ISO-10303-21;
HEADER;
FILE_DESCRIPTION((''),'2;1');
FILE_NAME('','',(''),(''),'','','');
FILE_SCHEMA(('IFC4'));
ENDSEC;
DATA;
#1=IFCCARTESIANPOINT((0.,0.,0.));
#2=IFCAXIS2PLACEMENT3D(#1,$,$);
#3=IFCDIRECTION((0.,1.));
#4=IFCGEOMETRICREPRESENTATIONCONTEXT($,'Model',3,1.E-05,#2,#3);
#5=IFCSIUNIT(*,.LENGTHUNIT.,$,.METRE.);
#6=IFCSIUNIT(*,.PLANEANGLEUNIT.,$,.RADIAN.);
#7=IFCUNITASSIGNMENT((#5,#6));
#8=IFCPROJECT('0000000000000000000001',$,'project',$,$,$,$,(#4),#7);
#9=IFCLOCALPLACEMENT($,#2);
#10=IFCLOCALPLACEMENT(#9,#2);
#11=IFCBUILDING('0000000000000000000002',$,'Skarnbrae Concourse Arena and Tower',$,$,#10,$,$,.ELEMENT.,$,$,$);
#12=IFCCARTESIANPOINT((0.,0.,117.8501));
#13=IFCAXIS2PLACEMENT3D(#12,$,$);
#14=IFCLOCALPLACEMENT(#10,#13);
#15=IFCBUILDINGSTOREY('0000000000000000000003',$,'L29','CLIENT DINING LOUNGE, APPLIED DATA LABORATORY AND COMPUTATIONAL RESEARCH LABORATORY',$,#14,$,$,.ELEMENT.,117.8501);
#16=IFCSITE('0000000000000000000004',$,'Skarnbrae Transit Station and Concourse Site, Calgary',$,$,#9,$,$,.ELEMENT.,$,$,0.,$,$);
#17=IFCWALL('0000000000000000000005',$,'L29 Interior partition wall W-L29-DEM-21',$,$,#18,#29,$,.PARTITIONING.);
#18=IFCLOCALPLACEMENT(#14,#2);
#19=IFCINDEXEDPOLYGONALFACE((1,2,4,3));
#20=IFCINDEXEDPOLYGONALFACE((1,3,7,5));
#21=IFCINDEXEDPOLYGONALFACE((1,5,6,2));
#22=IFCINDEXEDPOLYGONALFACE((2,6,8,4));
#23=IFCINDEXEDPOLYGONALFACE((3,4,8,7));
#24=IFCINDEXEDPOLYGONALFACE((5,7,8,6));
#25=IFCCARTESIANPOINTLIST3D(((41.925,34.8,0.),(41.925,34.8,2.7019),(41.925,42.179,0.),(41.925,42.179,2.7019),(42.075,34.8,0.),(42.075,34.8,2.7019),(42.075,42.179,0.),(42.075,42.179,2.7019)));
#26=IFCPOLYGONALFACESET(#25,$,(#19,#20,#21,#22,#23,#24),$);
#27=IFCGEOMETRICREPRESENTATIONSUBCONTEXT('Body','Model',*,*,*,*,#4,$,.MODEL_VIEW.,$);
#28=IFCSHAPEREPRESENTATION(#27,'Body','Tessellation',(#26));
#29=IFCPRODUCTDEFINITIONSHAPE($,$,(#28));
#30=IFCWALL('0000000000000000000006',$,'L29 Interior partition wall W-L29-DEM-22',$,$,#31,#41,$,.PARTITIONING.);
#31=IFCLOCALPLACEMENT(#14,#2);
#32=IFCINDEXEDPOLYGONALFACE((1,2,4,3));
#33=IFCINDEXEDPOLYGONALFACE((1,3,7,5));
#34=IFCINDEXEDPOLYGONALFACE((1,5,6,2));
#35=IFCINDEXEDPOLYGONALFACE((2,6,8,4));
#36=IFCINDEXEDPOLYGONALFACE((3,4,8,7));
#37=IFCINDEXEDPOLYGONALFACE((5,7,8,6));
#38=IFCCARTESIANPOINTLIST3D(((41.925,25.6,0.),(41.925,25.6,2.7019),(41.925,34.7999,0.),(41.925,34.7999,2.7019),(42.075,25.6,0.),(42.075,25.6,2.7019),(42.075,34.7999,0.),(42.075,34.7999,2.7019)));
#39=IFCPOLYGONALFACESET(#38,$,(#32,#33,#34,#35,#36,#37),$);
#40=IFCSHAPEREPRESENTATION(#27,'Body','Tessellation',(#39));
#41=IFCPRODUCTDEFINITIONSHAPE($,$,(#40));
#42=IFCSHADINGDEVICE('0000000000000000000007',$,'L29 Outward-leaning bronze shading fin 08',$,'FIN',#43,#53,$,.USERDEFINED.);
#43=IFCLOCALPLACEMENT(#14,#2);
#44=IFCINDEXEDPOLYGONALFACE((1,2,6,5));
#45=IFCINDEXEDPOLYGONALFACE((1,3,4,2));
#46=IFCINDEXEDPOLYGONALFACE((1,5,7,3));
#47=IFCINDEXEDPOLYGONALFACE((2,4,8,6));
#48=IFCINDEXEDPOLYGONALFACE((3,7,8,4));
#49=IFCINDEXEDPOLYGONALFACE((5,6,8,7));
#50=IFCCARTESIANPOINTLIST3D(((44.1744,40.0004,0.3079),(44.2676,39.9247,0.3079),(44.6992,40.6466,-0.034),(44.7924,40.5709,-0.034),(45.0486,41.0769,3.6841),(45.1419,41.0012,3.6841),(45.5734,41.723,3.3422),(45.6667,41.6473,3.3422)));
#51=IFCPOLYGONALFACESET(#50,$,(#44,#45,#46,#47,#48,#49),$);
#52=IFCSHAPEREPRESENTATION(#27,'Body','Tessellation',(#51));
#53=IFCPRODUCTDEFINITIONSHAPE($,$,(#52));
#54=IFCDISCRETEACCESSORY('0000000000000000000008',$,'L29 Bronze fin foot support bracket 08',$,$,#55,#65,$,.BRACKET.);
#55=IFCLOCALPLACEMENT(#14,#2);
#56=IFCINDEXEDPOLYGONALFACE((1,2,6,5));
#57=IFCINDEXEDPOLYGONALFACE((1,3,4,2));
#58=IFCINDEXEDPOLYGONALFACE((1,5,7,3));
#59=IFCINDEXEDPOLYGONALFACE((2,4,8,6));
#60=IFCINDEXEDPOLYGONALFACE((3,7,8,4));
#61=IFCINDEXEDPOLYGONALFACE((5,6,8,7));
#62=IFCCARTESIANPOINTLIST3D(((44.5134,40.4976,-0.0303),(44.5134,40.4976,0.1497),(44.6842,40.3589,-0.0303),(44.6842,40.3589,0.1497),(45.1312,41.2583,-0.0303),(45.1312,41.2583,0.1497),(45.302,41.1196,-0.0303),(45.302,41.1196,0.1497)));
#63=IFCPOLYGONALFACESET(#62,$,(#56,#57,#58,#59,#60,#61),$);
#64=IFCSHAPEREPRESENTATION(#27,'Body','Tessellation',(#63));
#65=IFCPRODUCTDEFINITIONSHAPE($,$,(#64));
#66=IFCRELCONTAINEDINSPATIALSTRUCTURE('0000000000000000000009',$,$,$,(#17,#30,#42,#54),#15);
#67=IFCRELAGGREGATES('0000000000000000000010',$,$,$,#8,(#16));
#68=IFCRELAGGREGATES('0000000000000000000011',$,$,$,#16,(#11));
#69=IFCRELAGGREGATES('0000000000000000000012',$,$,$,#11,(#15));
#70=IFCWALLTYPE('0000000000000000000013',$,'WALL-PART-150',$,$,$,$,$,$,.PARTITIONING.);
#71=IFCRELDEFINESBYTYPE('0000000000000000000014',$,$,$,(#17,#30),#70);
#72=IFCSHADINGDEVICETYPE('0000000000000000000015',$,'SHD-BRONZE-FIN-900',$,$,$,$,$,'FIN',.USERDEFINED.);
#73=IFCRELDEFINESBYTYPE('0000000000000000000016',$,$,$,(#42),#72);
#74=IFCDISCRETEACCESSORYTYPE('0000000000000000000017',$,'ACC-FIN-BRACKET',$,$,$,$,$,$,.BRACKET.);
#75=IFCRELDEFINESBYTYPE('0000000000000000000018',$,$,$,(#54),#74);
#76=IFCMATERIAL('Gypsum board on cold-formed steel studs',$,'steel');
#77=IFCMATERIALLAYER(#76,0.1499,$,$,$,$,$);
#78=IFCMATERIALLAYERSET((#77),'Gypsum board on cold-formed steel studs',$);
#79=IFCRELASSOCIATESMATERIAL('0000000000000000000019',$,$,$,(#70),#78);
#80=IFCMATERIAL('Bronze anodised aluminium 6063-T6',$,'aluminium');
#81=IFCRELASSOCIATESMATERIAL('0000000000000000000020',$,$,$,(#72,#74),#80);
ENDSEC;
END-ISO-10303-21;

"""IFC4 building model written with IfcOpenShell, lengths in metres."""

from ifc_helpers import new_model, si_unit, direction, frame, frame_2d, origin, origin_2d, place, context, subcontext, project, spatial, rectangle, extrude, source, transform, mapped, material, layer, layer_set, type_object, element, save


model = new_model("IFC4")

# Units and contexts
model_context = context("Model", 3, precision=1e-05, world=origin(), true_north=direction((0.0, 1.0)))
body_context = subcontext(model_context, "Body", "Model", "MODEL_VIEW")
ifc_project = project(units=[si_unit("LENGTHUNIT", "METRE"), si_unit("PLANEANGLEUNIT", "RADIAN")], contexts=[model_context])

# Site, building, storey
site_placement = place(None, origin())
site = spatial("IfcSite", under=ifc_project, at=site_placement, Name="Skarnbrae Transit Station and Concourse Site, Calgary", CompositionType="ELEMENT", RefElevation=0.0)
building_placement = place(site_placement, origin())
building = spatial("IfcBuilding", under=site, at=building_placement, Name="Skarnbrae Concourse Arena and Tower", CompositionType="ELEMENT")
storey_placement = place(building_placement, frame((0.0, 0.0, 117.8501)))
storey = spatial("IfcBuildingStorey", under=building, at=storey_placement, Name="L29", Description="CLIENT DINING LOUNGE, APPLIED DATA LABORATORY AND COMPUTATIONAL RESEARCH LABORATORY", CompositionType="ELEMENT", Elevation=117.8501)

# Shared definitions
ifc_material_1 = material(Name="Bronze anodised aluminium 6063-T6", Category="aluminium")

# Walls
ifc_material_2 = material(Name="Gypsum board on cold-formed steel studs", Category="steel")
ifc_layer_1 = layer(ifc_material_2, 0.1499)
ifc_layer_set_1 = layer_set([ifc_layer_1], Name="Gypsum board on cold-formed steel studs")
wall_type_1 = type_object("IfcWallType", Name="WALL-PART-150", PredefinedType="PARTITIONING", material=ifc_layer_set_1)
shared_shape_1 = source(origin(), body_context, "Body", "SweptSolid", [
    extrude(rectangle(XDim=7.3789, YDim=0.1499, at=frame_2d((3.6895, 0.0))), origin(), (0.0, 0.0, 1.0), 2.7019),
])
wall_1_placement = place(storey_placement, frame((42.0, 42.179, 0.0), z_axis=(0.0, 0.0, 1.0), x_axis=(0.0, -1.0, 0.0)))
element("IfcWall", 1, at=wall_1_placement, inside=storey, type_object=wall_type_1, Name="L29 Interior partition wall W-L29-DEM-21", PredefinedType="PARTITIONING", context=body_context, shape_type="MappedRepresentation", body=[
    mapped(shared_shape_1, transform((0.0, 0.0, 0.0))),
])
shared_shape_2 = source(origin(), body_context, "Body", "SweptSolid", [
    extrude(rectangle(XDim=9.2, YDim=0.1499, at=frame_2d((4.6001, 0.0))), origin(), (0.0, 0.0, 1.0), 2.7019),
])
wall_2_placement = place(storey_placement, frame((42.0, 34.8, 0.0), z_axis=(0.0, 0.0, 1.0), x_axis=(0.0, -1.0, 0.0)))
element("IfcWall", 2, at=wall_2_placement, inside=storey, type_object=wall_type_1, Name="L29 Interior partition wall W-L29-DEM-22", PredefinedType="PARTITIONING", context=body_context, shape_type="MappedRepresentation", body=[
    mapped(shared_shape_2, transform((0.0, 0.0, 0.0))),
])

# Shading device
shading_device_type = type_object("IfcShadingDeviceType", Name="SHD-BRONZE-FIN-900", ElementType="FIN", PredefinedType="USERDEFINED", material=ifc_material_1)
shared_shape_3 = source(origin(), body_context, "Body", "SweptSolid", [
    extrude(rectangle(XDim=0.1201, YDim=0.8999, at=origin_2d()), origin(), (0.0, 0.0, 1.0), 3.6499),
])
shading_device_placement = place(storey_placement, frame((44.4834, 40.2856, 0.137), z_axis=(0.239527, 0.294927, 0.925011), x_axis=(0.776245, -0.630432, 0.0)))
element("IfcShadingDevice", 3, at=shading_device_placement, inside=storey, type_object=shading_device_type, Name="L29 Outward-leaning bronze shading fin 08", ObjectType="FIN", PredefinedType="USERDEFINED", context=body_context, shape_type="MappedRepresentation", body=[
    mapped(shared_shape_3, transform((0.0, 0.0, 0.0))),
])

# Discrete accessory
discrete_accessory_type = type_object("IfcDiscreteAccessoryType", Name="ACC-FIN-BRACKET", PredefinedType="BRACKET", material=ifc_material_1)
shared_shape_4 = source(origin(), body_context, "Body", "SweptSolid", [
    extrude(rectangle(XDim=0.22, YDim=0.98, at=origin_2d()), origin(), (0.0, 0.0, 1.0), 0.1799),
])
discrete_accessory_placement = place(storey_placement, frame((44.9077, 40.8086, -0.0303), z_axis=(0.0, 0.0, 1.0), x_axis=(0.776245, -0.630432, 0.0)))
element("IfcDiscreteAccessory", 4, at=discrete_accessory_placement, inside=storey, type_object=discrete_accessory_type, Name="L29 Bronze fin foot support bracket 08", PredefinedType="BRACKET", context=body_context, shape_type="MappedRepresentation", body=[
    mapped(shared_shape_4, transform((0.0, 0.0, 0.0))),
])

save(model, "model.ifc")
